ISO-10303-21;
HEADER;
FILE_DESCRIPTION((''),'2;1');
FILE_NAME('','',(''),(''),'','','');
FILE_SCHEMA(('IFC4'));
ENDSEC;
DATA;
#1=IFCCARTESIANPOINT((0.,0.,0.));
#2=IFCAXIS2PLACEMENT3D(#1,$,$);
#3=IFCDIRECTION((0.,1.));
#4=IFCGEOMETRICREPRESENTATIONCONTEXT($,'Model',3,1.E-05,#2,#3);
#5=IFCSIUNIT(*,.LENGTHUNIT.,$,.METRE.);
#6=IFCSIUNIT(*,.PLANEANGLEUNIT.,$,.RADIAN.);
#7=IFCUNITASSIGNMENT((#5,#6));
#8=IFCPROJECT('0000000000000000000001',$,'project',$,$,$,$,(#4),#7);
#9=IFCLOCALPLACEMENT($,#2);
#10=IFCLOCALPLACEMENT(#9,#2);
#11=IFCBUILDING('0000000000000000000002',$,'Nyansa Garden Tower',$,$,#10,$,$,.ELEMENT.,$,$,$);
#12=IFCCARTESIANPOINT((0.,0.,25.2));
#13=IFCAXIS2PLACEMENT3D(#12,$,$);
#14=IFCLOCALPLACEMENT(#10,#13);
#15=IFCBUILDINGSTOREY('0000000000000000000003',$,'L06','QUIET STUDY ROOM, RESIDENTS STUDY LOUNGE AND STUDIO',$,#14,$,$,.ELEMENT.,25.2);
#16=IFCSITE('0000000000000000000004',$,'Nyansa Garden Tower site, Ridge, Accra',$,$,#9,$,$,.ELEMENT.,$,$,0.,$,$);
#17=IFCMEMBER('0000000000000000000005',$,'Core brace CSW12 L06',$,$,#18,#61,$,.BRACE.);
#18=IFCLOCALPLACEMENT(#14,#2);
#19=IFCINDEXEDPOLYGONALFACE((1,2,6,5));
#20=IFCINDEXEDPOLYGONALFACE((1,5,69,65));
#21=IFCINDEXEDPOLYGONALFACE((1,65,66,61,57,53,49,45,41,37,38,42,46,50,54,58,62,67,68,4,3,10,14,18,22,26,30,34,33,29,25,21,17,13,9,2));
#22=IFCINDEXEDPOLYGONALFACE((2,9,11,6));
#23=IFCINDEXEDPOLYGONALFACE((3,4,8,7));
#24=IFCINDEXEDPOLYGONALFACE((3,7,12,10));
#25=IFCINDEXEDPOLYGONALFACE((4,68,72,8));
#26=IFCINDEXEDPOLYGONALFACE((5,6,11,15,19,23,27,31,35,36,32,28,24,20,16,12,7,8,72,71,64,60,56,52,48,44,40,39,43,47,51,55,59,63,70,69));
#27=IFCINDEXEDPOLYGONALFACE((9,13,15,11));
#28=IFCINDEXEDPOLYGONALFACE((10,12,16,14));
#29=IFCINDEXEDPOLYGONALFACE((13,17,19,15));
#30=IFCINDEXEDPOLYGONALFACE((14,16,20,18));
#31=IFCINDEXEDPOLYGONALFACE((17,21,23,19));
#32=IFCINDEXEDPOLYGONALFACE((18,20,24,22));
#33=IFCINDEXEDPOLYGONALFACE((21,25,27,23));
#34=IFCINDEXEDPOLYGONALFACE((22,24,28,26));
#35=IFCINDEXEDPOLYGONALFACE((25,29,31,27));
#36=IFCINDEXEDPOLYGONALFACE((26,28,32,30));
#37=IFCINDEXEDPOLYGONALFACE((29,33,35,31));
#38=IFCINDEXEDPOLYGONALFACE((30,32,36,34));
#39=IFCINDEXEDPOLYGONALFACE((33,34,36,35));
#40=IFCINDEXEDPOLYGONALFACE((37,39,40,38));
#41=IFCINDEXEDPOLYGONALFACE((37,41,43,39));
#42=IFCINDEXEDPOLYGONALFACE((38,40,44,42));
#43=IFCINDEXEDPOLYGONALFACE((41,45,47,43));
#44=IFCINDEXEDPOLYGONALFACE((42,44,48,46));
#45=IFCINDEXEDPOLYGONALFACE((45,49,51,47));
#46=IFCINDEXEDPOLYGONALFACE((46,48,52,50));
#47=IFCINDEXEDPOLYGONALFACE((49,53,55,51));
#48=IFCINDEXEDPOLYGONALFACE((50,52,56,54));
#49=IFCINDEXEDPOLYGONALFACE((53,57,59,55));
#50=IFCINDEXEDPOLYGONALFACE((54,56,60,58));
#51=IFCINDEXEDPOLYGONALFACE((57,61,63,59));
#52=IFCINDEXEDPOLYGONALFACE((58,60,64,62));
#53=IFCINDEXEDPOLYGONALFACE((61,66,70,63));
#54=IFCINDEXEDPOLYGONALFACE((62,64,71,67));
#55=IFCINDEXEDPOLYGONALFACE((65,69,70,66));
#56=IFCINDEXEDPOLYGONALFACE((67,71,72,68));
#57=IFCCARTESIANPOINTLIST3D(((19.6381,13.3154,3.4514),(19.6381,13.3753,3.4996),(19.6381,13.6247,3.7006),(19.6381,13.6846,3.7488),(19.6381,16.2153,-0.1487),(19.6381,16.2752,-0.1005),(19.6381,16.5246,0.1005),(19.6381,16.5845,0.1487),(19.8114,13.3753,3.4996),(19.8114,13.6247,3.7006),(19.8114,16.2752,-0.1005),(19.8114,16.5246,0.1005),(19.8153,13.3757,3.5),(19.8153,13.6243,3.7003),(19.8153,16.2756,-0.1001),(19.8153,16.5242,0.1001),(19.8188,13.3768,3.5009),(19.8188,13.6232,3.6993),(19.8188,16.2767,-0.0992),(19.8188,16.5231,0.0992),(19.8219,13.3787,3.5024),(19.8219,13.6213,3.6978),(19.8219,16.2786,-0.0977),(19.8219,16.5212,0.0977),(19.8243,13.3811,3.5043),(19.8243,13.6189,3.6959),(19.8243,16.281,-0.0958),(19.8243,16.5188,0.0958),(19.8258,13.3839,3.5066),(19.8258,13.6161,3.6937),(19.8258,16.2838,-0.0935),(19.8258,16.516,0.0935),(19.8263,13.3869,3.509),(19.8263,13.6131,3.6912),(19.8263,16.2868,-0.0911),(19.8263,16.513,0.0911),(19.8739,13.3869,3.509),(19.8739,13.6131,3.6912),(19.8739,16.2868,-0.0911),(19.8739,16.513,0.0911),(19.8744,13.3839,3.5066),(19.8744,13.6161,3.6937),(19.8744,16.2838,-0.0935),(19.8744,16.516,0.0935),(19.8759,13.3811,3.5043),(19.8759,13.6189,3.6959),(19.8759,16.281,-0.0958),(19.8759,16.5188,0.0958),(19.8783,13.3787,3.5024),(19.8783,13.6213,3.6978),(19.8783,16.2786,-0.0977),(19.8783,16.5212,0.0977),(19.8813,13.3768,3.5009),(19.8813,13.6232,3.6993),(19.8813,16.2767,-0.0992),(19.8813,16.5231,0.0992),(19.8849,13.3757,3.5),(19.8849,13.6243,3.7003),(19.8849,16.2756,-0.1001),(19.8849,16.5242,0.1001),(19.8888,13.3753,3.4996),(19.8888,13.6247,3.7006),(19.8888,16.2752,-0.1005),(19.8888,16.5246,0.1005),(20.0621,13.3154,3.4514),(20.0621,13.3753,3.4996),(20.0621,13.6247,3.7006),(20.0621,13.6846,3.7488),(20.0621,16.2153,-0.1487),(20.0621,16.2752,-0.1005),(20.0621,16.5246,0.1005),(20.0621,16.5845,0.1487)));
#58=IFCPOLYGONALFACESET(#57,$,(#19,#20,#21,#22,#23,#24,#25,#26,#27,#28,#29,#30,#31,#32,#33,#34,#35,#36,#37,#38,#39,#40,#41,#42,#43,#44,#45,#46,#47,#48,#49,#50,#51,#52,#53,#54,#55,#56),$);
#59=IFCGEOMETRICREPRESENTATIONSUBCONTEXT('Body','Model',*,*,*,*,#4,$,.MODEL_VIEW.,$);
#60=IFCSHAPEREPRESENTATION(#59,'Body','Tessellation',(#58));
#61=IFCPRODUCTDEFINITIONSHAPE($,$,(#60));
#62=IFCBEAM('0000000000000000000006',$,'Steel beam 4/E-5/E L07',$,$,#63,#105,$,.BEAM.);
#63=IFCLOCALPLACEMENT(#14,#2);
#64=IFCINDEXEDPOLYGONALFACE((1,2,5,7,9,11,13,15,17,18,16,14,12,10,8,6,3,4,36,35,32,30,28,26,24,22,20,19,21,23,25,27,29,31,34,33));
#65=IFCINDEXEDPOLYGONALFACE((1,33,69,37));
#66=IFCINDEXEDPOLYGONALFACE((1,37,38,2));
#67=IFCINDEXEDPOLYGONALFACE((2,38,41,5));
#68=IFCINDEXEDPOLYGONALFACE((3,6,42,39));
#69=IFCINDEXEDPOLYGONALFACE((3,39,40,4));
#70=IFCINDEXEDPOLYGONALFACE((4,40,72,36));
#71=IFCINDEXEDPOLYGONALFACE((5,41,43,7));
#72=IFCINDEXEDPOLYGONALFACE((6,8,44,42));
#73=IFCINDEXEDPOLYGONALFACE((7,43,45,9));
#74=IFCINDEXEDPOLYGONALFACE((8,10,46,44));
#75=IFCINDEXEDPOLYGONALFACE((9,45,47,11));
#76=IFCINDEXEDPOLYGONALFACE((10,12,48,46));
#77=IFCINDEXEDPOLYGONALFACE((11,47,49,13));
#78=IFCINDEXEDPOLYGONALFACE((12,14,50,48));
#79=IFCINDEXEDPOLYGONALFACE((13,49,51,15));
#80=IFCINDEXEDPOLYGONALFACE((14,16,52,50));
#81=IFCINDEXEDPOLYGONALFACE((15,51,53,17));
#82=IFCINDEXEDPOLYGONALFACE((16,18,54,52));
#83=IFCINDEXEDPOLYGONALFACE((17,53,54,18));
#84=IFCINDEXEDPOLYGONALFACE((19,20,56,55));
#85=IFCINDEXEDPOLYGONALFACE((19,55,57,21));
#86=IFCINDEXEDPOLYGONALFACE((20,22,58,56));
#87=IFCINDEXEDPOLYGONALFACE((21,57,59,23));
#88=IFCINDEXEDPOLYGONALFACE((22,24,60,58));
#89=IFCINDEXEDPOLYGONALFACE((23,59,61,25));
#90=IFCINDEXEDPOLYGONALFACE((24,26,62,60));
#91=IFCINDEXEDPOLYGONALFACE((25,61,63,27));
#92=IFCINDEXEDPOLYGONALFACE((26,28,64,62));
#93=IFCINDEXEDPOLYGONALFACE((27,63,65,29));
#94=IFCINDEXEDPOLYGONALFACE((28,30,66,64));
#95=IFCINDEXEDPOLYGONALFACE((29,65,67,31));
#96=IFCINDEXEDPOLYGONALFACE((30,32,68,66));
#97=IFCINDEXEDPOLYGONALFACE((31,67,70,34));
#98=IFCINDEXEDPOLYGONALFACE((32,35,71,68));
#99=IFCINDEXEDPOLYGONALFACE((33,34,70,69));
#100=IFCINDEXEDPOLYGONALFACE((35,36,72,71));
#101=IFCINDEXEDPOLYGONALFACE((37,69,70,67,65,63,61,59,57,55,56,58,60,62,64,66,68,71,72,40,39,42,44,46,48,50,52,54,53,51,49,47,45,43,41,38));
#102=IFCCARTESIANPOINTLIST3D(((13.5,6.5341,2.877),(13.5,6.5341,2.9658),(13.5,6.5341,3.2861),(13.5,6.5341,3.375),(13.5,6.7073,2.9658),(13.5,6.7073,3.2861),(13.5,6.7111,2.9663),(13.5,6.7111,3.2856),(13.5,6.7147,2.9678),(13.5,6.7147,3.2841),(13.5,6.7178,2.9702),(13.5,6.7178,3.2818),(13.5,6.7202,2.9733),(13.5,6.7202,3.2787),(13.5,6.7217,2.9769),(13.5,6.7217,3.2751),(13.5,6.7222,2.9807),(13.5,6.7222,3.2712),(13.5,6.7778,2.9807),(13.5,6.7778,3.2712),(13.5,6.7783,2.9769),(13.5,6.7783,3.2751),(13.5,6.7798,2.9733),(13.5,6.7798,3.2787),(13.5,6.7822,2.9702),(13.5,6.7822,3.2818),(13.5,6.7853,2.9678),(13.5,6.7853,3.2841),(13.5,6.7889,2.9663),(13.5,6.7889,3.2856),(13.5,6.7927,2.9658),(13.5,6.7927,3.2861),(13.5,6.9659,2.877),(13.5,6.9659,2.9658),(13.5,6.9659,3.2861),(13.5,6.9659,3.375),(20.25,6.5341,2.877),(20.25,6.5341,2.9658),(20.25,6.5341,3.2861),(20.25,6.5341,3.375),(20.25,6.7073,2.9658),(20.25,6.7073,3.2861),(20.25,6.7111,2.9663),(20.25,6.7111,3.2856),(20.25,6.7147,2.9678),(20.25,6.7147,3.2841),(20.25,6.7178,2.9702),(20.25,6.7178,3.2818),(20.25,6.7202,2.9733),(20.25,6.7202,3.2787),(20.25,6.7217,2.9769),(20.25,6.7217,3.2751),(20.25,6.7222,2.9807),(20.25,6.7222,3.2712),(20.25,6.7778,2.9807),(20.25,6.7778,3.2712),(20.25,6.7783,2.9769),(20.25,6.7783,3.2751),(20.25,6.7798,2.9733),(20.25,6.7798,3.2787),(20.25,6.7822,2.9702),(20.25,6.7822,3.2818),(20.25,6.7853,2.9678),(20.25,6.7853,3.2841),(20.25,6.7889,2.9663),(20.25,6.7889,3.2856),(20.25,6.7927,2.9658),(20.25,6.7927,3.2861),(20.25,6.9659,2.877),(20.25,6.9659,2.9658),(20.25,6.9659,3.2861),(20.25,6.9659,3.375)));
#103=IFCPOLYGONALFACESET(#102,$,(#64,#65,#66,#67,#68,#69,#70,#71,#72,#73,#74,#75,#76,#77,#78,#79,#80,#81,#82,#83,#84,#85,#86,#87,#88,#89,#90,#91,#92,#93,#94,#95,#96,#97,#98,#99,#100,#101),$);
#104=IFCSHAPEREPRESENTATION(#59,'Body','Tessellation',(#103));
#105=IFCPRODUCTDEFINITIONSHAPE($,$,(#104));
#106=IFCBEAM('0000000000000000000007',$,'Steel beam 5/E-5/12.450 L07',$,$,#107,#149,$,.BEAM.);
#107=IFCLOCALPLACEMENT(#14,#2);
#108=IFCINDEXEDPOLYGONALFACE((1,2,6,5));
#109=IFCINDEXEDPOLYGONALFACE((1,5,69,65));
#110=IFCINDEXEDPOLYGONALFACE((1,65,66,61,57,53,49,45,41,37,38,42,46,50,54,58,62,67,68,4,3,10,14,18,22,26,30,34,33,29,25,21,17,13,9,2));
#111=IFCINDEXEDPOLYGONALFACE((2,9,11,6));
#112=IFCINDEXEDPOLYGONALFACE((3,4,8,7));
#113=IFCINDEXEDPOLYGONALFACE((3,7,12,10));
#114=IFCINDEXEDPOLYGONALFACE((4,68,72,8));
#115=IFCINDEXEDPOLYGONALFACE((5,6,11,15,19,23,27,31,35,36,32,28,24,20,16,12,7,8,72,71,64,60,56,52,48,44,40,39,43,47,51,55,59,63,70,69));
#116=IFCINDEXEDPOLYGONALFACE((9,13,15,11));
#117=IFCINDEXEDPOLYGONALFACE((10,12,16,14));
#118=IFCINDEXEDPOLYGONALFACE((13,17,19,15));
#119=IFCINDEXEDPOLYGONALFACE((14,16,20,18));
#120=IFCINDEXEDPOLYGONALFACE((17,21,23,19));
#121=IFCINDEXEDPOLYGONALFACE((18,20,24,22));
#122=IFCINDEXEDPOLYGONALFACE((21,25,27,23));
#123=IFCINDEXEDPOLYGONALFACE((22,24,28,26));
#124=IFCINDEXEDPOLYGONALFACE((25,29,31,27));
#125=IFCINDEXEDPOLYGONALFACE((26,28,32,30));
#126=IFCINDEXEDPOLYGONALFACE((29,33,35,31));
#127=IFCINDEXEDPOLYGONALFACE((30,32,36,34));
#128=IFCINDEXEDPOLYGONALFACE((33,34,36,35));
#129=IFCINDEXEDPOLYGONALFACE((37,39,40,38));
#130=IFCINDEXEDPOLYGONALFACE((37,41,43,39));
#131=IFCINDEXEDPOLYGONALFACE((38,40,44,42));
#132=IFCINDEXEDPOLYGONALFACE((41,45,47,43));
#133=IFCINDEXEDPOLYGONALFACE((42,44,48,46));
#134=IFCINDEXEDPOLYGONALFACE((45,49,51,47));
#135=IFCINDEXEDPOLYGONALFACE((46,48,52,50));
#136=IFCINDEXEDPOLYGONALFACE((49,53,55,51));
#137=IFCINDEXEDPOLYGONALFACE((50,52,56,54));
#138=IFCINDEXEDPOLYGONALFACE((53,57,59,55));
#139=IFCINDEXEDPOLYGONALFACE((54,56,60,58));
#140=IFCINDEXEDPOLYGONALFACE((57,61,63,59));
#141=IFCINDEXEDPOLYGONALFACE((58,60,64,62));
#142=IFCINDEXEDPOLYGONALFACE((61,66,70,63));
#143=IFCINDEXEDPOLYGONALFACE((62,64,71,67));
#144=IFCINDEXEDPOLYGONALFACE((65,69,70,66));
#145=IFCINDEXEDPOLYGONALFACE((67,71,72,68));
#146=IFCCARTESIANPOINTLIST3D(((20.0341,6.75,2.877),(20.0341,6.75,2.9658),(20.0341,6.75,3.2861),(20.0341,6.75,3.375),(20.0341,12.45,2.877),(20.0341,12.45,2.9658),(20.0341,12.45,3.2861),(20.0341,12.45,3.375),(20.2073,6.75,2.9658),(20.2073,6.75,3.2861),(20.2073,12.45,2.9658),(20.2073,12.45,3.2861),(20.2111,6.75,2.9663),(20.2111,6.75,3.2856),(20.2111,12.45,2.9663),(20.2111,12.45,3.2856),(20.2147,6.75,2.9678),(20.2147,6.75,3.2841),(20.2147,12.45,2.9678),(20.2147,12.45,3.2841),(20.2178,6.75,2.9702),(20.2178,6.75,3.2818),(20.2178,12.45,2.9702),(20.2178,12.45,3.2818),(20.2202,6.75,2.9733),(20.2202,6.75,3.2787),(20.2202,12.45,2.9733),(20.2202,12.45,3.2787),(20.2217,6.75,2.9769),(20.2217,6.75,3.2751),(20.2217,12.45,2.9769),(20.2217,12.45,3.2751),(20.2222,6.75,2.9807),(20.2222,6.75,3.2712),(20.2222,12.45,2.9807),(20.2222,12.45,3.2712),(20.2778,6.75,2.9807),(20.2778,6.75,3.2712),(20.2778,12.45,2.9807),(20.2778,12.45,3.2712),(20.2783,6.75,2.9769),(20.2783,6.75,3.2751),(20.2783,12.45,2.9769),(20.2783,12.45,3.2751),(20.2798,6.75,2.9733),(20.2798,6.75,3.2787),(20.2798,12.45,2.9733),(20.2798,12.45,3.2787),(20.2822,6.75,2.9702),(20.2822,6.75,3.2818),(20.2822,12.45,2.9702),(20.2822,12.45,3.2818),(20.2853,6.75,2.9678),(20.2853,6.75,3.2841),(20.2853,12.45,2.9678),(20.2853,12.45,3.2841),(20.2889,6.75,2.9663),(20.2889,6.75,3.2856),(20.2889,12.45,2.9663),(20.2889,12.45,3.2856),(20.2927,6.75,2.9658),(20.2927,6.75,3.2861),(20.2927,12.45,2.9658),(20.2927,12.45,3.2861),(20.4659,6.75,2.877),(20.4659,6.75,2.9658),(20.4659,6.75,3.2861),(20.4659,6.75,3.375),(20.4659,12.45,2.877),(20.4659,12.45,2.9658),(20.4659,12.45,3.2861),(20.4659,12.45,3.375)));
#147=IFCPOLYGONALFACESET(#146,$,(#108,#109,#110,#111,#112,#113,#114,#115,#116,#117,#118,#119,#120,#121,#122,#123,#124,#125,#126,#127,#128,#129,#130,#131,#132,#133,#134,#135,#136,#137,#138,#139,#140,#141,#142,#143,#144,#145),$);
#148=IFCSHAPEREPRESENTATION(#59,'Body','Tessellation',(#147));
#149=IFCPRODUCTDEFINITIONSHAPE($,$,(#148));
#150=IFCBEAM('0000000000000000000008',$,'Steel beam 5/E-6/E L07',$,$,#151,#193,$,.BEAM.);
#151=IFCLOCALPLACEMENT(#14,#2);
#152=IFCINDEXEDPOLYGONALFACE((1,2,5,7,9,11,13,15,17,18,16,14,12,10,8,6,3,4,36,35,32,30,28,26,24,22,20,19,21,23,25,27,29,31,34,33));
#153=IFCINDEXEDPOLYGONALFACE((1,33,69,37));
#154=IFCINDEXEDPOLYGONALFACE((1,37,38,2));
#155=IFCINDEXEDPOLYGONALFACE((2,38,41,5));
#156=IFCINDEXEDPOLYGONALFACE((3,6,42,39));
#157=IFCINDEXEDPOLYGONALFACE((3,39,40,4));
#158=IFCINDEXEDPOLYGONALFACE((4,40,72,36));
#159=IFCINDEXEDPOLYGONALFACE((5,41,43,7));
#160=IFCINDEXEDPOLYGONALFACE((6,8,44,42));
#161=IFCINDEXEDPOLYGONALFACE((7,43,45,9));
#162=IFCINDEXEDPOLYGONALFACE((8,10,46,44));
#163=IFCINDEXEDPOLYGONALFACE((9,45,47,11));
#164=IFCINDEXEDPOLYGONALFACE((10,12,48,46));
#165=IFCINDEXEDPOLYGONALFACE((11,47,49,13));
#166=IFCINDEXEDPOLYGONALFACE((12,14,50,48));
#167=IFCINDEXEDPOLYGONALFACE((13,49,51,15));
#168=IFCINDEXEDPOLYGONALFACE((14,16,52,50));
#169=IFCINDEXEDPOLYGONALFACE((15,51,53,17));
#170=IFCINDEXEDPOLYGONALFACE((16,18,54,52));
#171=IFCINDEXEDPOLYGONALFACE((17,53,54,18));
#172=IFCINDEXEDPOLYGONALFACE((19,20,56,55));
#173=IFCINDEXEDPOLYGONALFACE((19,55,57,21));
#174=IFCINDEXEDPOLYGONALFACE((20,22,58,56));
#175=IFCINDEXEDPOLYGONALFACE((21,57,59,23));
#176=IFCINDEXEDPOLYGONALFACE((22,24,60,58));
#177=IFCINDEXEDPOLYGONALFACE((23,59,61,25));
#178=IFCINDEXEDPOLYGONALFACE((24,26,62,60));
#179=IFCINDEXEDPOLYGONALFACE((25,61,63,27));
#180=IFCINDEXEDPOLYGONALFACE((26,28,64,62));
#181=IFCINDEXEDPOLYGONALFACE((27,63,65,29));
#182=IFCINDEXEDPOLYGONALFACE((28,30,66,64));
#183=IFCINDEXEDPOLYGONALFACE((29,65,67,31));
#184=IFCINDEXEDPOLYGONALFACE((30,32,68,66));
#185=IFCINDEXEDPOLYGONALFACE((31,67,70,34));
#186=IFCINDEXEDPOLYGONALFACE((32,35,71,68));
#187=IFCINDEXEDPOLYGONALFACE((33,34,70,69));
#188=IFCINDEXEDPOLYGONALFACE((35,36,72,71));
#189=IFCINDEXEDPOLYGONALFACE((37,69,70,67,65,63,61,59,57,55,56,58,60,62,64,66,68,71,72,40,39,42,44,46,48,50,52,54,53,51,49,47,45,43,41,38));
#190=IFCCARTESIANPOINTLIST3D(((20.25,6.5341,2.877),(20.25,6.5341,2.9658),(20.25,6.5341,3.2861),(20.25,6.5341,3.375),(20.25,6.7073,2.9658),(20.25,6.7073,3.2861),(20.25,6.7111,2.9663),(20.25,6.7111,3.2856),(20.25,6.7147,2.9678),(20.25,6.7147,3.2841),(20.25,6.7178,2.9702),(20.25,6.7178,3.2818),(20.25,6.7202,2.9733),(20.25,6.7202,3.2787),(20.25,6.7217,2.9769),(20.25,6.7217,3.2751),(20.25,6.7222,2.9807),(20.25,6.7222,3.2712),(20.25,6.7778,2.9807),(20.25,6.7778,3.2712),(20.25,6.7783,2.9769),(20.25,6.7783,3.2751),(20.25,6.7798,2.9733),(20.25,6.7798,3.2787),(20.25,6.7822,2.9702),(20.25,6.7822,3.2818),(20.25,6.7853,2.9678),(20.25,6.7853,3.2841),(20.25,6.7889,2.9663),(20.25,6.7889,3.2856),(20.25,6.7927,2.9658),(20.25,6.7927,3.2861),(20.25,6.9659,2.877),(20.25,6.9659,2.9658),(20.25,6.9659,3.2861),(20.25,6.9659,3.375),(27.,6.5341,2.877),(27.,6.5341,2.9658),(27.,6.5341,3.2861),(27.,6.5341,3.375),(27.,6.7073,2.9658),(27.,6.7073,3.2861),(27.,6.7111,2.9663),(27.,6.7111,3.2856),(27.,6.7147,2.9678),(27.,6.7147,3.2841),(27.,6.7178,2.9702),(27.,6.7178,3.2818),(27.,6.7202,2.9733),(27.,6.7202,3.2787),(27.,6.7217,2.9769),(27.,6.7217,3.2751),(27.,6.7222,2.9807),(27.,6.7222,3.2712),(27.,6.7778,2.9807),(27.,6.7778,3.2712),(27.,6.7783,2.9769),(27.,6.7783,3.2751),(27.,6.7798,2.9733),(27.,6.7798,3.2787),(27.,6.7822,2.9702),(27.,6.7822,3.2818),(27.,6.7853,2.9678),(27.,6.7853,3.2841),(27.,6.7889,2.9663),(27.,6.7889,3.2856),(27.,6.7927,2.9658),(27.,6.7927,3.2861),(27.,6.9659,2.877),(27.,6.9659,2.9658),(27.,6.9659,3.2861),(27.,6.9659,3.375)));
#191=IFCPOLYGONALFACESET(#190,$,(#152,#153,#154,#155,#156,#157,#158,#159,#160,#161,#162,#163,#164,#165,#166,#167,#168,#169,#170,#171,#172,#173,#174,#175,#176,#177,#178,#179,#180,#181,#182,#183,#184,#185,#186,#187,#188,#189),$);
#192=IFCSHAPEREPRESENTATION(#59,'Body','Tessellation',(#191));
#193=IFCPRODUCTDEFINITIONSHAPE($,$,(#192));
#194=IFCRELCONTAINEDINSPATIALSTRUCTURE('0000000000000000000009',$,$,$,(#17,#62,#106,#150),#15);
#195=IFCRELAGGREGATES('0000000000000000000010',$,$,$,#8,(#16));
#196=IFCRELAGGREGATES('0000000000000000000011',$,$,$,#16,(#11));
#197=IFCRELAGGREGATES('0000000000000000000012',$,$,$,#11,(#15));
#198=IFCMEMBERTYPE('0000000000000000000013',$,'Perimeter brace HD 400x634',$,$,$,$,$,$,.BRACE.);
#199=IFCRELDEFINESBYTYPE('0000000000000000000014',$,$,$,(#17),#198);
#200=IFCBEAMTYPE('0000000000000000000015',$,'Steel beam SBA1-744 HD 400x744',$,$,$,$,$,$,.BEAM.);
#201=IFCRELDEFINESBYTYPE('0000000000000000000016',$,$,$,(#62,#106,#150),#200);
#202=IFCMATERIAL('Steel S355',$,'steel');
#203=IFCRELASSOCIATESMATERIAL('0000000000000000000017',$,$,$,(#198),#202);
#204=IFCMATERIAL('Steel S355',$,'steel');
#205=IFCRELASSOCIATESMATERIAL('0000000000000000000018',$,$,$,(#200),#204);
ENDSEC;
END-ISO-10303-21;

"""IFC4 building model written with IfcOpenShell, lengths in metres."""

from ifc_helpers import new_model, si_unit, direction, frame, origin, origin_2d, place, context, subcontext, project, spatial, i_section, extrude, material, material_profile, profile_set, type_object, element, save


model = new_model("IFC4")

# Units and contexts
model_context = context("Model", 3, precision=1e-05, world=origin(), true_north=direction((0.0, 1.0)))
body_context = subcontext(model_context, "Body", "Model", "MODEL_VIEW")
ifc_project = project(units=[si_unit("LENGTHUNIT", "METRE"), si_unit("PLANEANGLEUNIT", "RADIAN")], contexts=[model_context])

# Site, building, storey
site_placement = place(None, origin())
site = spatial("IfcSite", under=ifc_project, at=site_placement, Name="Nyansa Garden Tower site, Ridge, Accra", CompositionType="ELEMENT", RefElevation=0.0)
building_placement = place(site_placement, origin())
building = spatial("IfcBuilding", under=site, at=building_placement, Name="Nyansa Garden Tower", CompositionType="ELEMENT")
storey_placement = place(building_placement, frame((0.0, 0.0, 25.2)))
storey = spatial("IfcBuildingStorey", under=building, at=storey_placement, Name="L06", Description="QUIET STUDY ROOM, RESIDENTS STUDY LOUNGE AND STUDIO", CompositionType="ELEMENT", Elevation=25.2)

# Member
ifc_material_1 = material(Name="Steel S355", Category="steel")
ifc_material_profile_1 = material_profile(ifc_material_1, i_section(OverallWidth=0.4241, OverallDepth=0.4741, WebThickness=0.0476, FlangeThickness=0.0769, FilletRadius=0.0149, at=origin_2d()), Name="HD 400x634")
ifc_profile_set_1 = profile_set([ifc_material_profile_1], Name="Steel S355")
member_type = type_object("IfcMemberType", Name="Perimeter brace HD 400x634", PredefinedType="BRACE", material=ifc_profile_set_1)
for number, where, z_axis, x_axis, name in (
    (1, (19.8501, 16.3999, 0.0), (0.0, -0.627306, 0.778773), (1.0, 0.0, 0.0), "Core brace CSW12 L06"),
):
    element("IfcMember", number, at=place(storey_placement, frame(where, z_axis=z_axis, x_axis=x_axis)), inside=storey, type_object=member_type, Name=name, PredefinedType="BRACE", context=body_context, shape_type="SweptSolid", body=[
        extrude(i_section(OverallWidth=0.4241, OverallDepth=0.4741, WebThickness=0.0476, FlangeThickness=0.0769, FilletRadius=0.0149, at=origin_2d()), origin(), (0.0, 0.0, 1.0), 4.6228),
    ])

# Beams
ifc_material_2 = material(Name="Steel S355", Category="steel")
ifc_material_profile_2 = material_profile(ifc_material_2, i_section(OverallWidth=0.4319, OverallDepth=0.498, WebThickness=0.0557, FlangeThickness=0.0889, FilletRadius=0.0149, at=origin_2d()), Name="HD 400x744")
ifc_profile_set_2 = profile_set([ifc_material_profile_2], Name="Steel S355")
beam_type_1 = type_object("IfcBeamType", Name="Steel beam SBA1-744 HD 400x744", PredefinedType="BEAM", material=ifc_profile_set_2)
beam_1_placement = place(storey_placement, frame((13.5, 6.75, 3.126), z_axis=(1.0, 0.0, 0.0), x_axis=(0.0, 1.0, 0.0)))
element("IfcBeam", 2, at=beam_1_placement, inside=storey, type_object=beam_type_1, Name="Steel beam 4/E-5/E L07", PredefinedType="BEAM", context=body_context, shape_type="SweptSolid", body=[
    extrude(i_section(OverallWidth=0.4319, OverallDepth=0.498, WebThickness=0.0557, FlangeThickness=0.0889, FilletRadius=0.0149, at=origin_2d()), origin(), (0.0, 0.0, 1.0), 6.75),
])
beam_2_placement = place(storey_placement, frame((20.25, 6.75, 3.126), z_axis=(0.0, 1.0, 0.0), x_axis=(-1.0, 0.0, 0.0)))
element("IfcBeam", 3, at=beam_2_placement, inside=storey, type_object=beam_type_1, Name="Steel beam 5/E-5/12.450 L07", PredefinedType="BEAM", context=body_context, shape_type="SweptSolid", body=[
    extrude(i_section(OverallWidth=0.4319, OverallDepth=0.498, WebThickness=0.0557, FlangeThickness=0.0889, FilletRadius=0.0149, at=origin_2d()), origin(), (0.0, 0.0, 1.0), 5.7),
])
beam_3_placement = place(storey_placement, frame((20.25, 6.75, 3.126), z_axis=(1.0, 0.0, 0.0), x_axis=(0.0, 1.0, 0.0)))
element("IfcBeam", 4, at=beam_3_placement, inside=storey, type_object=beam_type_1, Name="Steel beam 5/E-6/E L07", PredefinedType="BEAM", context=body_context, shape_type="SweptSolid", body=[
    extrude(i_section(OverallWidth=0.4319, OverallDepth=0.498, WebThickness=0.0557, FlangeThickness=0.0889, FilletRadius=0.0149, at=origin_2d()), origin(), (0.0, 0.0, 1.0), 6.75),
])

save(model, "model.ifc")
